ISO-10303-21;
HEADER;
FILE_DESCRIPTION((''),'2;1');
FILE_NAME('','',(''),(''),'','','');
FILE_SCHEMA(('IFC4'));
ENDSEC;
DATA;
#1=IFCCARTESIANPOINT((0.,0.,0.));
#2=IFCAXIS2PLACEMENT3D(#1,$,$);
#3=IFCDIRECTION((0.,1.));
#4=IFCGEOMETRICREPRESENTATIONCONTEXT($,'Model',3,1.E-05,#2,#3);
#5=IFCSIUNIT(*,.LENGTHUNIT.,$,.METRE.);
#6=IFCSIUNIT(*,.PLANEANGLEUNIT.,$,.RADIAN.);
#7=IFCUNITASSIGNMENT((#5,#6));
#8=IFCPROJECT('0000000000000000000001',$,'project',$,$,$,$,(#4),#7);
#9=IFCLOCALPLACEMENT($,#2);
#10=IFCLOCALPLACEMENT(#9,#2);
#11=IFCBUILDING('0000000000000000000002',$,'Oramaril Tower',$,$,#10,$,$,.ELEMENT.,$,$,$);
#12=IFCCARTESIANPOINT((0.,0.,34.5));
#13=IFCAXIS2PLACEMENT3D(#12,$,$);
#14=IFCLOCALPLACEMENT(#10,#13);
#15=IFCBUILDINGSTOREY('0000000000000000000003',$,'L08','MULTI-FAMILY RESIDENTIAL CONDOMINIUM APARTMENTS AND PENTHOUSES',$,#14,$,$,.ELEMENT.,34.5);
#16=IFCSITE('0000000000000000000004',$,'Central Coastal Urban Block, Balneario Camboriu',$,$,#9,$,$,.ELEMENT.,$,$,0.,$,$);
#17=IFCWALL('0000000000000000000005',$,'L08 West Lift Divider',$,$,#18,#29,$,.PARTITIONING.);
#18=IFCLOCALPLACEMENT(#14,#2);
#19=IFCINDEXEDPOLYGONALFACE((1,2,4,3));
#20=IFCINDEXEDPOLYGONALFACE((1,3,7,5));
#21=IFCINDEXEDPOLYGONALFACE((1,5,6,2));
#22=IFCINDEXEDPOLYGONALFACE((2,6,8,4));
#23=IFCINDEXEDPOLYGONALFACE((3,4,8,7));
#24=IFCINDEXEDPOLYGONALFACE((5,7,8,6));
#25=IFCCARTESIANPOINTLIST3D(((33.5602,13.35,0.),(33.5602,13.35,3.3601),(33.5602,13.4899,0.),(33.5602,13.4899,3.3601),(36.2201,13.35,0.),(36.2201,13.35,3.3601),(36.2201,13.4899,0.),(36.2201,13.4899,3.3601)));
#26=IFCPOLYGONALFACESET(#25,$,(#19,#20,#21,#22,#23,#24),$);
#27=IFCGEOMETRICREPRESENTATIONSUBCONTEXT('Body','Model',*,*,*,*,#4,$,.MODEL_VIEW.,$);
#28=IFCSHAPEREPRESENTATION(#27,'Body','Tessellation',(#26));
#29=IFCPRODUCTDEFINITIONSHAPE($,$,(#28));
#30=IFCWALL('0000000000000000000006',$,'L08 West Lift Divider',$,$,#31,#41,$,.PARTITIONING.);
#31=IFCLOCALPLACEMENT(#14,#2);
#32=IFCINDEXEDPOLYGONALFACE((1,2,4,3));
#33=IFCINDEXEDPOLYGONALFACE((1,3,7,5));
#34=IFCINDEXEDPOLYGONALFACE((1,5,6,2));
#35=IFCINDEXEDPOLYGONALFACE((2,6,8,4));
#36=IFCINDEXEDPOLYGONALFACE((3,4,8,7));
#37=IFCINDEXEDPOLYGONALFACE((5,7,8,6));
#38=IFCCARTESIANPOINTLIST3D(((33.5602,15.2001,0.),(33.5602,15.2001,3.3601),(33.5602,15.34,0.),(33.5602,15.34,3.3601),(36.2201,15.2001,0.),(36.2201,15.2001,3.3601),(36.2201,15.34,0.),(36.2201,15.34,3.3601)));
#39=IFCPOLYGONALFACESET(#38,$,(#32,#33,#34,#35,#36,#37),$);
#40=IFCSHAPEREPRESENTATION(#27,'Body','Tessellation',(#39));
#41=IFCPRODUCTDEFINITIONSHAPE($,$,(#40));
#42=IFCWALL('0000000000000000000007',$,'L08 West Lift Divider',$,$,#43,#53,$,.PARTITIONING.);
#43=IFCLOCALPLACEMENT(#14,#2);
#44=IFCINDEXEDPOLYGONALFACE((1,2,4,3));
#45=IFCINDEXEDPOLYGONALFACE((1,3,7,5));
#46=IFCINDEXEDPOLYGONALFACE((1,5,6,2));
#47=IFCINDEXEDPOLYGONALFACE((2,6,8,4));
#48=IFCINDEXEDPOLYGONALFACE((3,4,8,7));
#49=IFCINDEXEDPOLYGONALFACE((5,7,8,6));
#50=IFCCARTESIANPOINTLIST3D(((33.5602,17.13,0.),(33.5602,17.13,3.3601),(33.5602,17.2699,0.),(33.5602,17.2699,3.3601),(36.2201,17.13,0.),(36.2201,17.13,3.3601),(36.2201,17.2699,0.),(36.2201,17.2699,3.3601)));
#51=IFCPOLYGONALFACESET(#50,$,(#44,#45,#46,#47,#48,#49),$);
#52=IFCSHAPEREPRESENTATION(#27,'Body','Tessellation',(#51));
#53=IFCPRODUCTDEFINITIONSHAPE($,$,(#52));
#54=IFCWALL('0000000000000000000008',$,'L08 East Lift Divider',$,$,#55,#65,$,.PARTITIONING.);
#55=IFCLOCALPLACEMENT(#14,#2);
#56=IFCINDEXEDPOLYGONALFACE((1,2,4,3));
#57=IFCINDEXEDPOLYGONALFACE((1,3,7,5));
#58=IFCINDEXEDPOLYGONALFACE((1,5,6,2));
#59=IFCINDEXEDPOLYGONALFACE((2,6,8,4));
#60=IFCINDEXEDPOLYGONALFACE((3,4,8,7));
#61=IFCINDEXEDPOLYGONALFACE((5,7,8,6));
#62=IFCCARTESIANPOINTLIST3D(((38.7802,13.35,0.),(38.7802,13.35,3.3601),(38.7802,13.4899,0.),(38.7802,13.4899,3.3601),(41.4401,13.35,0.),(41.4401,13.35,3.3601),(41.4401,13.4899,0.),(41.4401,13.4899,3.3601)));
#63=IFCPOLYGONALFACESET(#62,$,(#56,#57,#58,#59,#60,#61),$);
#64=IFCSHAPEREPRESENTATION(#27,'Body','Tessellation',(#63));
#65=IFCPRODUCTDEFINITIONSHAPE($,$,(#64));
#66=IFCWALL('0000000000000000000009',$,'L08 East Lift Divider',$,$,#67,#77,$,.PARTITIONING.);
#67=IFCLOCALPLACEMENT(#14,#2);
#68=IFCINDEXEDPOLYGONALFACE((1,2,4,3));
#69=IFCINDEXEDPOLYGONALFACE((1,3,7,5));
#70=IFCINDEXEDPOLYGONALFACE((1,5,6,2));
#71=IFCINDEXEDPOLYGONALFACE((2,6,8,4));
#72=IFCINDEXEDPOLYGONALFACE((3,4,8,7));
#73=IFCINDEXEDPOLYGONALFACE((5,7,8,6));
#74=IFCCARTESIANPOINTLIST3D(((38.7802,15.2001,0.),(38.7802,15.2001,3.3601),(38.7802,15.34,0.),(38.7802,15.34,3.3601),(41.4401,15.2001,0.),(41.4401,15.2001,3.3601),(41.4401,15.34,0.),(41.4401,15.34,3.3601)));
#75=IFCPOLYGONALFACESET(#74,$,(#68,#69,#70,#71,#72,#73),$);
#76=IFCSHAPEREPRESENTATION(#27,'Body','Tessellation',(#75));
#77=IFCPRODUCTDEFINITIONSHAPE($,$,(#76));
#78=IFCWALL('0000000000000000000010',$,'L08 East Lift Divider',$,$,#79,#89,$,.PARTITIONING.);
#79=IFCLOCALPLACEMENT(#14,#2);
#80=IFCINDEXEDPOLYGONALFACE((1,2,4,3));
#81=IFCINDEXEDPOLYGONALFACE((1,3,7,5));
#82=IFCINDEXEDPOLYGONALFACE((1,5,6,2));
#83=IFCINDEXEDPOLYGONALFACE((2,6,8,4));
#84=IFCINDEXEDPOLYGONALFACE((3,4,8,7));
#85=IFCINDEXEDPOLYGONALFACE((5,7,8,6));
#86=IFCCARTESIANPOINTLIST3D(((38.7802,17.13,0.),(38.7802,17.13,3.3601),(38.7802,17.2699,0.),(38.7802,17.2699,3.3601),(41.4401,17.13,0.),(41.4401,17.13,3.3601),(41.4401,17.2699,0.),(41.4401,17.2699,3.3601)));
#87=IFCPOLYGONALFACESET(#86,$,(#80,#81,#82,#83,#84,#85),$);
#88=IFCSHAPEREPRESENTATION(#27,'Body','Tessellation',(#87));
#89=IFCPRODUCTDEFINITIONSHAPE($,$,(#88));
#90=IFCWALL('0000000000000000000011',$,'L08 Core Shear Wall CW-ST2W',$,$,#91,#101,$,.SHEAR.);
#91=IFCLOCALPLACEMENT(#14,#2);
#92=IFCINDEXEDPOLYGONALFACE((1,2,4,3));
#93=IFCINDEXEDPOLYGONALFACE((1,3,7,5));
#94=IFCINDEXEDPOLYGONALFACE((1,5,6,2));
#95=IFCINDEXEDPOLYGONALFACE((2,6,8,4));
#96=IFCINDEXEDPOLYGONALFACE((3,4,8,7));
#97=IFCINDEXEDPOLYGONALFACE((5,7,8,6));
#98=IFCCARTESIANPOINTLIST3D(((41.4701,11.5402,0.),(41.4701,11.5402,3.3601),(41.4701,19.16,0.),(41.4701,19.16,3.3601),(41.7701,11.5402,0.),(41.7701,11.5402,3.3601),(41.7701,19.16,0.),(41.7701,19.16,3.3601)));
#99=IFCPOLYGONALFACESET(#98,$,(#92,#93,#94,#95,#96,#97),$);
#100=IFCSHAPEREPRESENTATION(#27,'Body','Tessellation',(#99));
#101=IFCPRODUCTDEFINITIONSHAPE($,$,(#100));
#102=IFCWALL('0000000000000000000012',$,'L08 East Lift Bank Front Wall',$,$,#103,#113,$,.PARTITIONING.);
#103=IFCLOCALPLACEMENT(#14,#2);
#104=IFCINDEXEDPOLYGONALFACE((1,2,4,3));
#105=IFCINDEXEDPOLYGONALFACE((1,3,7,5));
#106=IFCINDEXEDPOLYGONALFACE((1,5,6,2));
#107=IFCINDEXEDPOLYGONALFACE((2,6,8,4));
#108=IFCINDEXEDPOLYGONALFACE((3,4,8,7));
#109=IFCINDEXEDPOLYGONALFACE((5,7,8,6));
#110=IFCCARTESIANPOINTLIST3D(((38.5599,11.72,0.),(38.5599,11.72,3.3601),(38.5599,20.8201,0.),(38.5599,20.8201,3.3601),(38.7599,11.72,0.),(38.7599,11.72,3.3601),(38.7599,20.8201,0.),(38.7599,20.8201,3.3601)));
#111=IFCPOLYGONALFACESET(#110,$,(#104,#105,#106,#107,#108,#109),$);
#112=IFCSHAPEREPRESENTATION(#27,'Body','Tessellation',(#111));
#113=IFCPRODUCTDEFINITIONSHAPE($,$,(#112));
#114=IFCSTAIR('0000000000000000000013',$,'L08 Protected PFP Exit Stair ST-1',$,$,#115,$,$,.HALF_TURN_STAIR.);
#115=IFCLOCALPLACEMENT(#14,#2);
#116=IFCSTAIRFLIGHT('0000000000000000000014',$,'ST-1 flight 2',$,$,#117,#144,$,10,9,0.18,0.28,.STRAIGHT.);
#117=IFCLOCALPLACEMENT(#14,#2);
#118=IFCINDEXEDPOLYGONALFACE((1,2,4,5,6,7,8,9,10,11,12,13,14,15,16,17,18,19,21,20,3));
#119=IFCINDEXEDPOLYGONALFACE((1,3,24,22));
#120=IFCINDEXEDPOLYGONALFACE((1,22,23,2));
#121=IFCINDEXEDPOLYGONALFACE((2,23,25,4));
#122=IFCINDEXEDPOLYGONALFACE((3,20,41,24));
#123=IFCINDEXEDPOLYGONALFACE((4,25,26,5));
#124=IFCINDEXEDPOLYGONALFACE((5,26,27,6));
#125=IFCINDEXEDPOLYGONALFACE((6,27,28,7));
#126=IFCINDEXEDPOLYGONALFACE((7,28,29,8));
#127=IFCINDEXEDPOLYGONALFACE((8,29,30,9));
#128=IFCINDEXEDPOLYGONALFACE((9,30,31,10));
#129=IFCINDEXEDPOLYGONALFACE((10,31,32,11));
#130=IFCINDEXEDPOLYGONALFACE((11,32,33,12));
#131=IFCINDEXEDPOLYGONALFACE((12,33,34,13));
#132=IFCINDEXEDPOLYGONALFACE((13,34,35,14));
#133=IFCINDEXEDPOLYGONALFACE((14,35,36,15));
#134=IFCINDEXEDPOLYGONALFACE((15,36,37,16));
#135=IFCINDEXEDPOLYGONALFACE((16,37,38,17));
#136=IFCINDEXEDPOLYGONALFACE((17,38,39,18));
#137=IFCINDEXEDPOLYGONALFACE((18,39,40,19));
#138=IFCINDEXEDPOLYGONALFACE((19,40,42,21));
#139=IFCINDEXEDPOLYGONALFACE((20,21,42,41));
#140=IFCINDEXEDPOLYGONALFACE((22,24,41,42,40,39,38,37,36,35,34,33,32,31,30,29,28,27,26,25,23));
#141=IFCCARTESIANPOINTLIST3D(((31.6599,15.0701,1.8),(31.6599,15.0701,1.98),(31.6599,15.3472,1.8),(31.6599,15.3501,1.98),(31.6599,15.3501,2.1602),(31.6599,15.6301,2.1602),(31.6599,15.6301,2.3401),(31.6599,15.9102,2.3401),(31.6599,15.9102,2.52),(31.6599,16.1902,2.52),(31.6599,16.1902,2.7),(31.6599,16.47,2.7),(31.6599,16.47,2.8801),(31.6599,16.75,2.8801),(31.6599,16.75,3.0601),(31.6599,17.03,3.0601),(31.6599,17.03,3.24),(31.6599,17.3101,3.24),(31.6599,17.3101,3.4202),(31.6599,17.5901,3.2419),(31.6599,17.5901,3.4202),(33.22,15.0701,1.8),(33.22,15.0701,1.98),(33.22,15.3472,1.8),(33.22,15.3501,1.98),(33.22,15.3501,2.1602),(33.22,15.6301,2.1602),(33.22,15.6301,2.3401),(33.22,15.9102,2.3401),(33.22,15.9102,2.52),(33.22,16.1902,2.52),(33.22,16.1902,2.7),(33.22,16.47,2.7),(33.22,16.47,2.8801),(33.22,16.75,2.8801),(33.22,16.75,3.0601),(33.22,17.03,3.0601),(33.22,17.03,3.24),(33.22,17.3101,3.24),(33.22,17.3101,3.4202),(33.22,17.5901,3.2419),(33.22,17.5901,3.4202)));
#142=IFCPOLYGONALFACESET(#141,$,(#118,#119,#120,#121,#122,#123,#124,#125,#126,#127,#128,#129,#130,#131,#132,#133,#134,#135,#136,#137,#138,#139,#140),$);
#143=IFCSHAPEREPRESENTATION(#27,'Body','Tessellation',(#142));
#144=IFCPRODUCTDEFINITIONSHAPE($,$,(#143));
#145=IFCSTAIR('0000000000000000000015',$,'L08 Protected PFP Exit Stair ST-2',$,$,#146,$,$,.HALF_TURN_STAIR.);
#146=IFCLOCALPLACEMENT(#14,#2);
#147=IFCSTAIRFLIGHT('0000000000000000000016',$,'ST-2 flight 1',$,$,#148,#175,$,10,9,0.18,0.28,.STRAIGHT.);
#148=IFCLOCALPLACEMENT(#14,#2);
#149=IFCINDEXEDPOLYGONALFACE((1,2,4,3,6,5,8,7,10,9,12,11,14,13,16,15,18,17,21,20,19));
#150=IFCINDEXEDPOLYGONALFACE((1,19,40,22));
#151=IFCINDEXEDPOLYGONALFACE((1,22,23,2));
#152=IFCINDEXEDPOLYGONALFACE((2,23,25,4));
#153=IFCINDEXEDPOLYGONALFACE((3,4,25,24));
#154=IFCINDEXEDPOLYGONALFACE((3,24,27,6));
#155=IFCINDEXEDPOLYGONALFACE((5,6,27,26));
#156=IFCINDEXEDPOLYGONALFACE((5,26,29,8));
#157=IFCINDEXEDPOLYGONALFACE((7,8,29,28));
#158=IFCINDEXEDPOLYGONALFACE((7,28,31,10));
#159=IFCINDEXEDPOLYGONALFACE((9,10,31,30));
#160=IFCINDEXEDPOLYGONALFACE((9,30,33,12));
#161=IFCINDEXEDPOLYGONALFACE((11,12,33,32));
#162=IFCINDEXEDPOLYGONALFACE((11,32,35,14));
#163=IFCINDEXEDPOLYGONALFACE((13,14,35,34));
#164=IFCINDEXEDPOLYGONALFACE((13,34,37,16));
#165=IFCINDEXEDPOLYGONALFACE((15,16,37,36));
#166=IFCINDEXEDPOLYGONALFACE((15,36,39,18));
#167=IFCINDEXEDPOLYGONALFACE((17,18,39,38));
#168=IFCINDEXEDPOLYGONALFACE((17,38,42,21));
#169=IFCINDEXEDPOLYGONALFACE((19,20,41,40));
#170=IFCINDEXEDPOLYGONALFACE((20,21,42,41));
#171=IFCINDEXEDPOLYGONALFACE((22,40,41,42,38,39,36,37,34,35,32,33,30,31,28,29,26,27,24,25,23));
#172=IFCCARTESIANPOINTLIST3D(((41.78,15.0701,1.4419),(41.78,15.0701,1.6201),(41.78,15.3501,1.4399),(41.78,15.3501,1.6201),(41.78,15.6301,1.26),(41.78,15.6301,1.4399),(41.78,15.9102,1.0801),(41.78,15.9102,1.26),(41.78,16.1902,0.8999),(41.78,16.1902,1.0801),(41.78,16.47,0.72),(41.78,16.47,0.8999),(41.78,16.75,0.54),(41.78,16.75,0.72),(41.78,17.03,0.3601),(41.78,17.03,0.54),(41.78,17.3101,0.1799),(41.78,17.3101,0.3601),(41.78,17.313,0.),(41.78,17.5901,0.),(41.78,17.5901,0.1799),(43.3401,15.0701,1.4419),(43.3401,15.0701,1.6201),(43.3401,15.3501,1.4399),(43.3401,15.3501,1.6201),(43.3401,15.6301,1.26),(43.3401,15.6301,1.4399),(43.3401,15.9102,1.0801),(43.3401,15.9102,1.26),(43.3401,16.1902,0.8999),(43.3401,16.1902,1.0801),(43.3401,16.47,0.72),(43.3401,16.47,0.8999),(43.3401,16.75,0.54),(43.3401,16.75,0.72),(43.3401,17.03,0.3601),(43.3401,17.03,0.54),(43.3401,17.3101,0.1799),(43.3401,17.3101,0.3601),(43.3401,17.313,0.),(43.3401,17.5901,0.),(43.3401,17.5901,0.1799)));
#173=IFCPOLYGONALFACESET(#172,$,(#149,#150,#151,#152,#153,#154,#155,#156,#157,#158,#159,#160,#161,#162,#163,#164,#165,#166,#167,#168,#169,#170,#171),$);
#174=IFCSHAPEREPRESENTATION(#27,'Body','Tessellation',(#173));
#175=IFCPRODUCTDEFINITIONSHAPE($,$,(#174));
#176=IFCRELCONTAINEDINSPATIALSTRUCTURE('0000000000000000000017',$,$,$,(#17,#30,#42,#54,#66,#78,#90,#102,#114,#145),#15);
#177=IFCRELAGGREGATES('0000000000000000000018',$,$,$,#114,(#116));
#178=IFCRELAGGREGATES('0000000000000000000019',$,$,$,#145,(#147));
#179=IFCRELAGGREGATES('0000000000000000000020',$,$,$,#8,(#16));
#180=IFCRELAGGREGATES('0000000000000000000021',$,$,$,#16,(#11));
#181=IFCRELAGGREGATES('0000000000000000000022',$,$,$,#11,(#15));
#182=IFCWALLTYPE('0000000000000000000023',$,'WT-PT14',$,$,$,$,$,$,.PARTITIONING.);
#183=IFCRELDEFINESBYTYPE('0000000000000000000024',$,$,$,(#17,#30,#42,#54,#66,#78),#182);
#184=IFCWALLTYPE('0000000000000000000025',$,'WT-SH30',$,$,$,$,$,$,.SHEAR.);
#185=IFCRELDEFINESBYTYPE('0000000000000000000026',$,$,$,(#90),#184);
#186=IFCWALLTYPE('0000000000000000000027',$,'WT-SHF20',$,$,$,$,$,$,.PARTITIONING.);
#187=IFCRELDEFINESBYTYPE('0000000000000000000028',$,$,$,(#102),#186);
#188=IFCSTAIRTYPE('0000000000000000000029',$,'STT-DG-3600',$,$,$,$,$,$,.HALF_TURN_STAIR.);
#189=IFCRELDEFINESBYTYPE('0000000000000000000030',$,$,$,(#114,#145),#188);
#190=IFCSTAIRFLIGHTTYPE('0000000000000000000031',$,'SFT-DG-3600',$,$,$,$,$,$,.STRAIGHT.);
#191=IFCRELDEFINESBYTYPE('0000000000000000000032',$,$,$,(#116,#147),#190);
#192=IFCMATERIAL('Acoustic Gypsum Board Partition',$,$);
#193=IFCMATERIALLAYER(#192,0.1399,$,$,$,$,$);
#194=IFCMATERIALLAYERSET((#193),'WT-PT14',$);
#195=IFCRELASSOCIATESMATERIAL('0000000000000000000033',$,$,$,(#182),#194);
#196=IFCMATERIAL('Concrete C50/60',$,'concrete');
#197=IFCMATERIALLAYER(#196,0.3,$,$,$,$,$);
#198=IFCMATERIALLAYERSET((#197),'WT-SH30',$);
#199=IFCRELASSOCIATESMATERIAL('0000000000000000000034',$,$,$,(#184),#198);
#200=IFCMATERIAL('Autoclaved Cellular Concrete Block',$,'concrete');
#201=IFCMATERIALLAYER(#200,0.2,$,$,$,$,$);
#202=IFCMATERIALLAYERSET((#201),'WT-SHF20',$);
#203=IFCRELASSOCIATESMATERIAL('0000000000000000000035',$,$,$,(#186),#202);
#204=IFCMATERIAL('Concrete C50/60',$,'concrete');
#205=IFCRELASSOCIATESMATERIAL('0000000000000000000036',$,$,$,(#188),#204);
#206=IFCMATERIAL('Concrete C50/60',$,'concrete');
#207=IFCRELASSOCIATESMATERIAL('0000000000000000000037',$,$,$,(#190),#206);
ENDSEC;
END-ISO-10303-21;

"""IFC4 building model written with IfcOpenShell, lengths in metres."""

from ifc_helpers import new_model, si_unit, direction, frame, frame_2d, origin, place, context, subcontext, project, spatial, polyline, rectangle, outline, extrude, material, layer, layer_set, type_object, element, aggregate, save


model = new_model("IFC4")

# Units and contexts
model_context = context("Model", 3, precision=1e-05, world=origin(), true_north=direction((0.0, 1.0)))
body_context = subcontext(model_context, "Body", "Model", "MODEL_VIEW")
ifc_project = project(units=[si_unit("LENGTHUNIT", "METRE"), si_unit("PLANEANGLEUNIT", "RADIAN")], contexts=[model_context])

# Site, building, storey
site_placement = place(None, origin())
site = spatial("IfcSite", under=ifc_project, at=site_placement, Name="Central Coastal Urban Block, Balneario Camboriu", CompositionType="ELEMENT", RefElevation=0.0)
building_placement = place(site_placement, origin())
building = spatial("IfcBuilding", under=site, at=building_placement, Name="Oramaril Tower", CompositionType="ELEMENT")
storey_placement = place(building_placement, frame((0.0, 0.0, 34.5)))
storey = spatial("IfcBuildingStorey", under=building, at=storey_placement, Name="L08", Description="MULTI-FAMILY RESIDENTIAL CONDOMINIUM APARTMENTS AND PENTHOUSES", CompositionType="ELEMENT", Elevation=34.5)

# Walls
ifc_material_1 = material(Name="Acoustic Gypsum Board Partition")
ifc_layer_1 = layer(ifc_material_1, 0.1399)
ifc_layer_set_1 = layer_set([ifc_layer_1], Name="WT-PT14")
wall_type_1 = type_object("IfcWallType", Name="WT-PT14", PredefinedType="PARTITIONING", material=ifc_layer_set_1)
for number, where, z_axis, x_axis, name in (
    (1, (33.5601, 13.4199, 0.0), (0.0, 0.0, 1.0), (1.0, 0.0, 0.0), "L08 West Lift Divider"),
    (2, (33.5601, 15.27, 0.0), (0.0, 0.0, 1.0), (1.0, 0.0, 0.0), "L08 West Lift Divider"),
    (3, (33.5601, 17.2, 0.0), (0.0, 0.0, 1.0), (1.0, 0.0, 0.0), "L08 West Lift Divider"),
    (4, (38.78, 13.4199, 0.0), (0.0, 0.0, 1.0), (1.0, 0.0, 0.0), "L08 East Lift Divider"),
    (5, (38.78, 15.27, 0.0), (0.0, 0.0, 1.0), (1.0, 0.0, 0.0), "L08 East Lift Divider"),
    (6, (38.78, 17.2, 0.0), (0.0, 0.0, 1.0), (1.0, 0.0, 0.0), "L08 East Lift Divider"),
):
    element("IfcWall", number, at=place(storey_placement, frame(where, z_axis=z_axis, x_axis=x_axis)), inside=storey, type_object=wall_type_1, Name=name, PredefinedType="PARTITIONING", context=body_context, shape_type="SweptSolid", body=[
        extrude(rectangle(XDim=2.6599, YDim=0.1399, at=frame_2d((1.3301, 0.0))), origin(), (0.0, 0.0, 1.0), 3.3601),
    ])
ifc_material_2 = material(Name="Concrete C50/60", Category="concrete")
ifc_layer_2 = layer(ifc_material_2, 0.3)
ifc_layer_set_2 = layer_set([ifc_layer_2], Name="WT-SH30")
wall_type_2 = type_object("IfcWallType", Name="WT-SH30", PredefinedType="SHEAR", material=ifc_layer_set_2)
wall_1_placement = place(storey_placement, frame((41.6201, 11.54, 0.0), z_axis=(0.0, 0.0, 1.0), x_axis=(0.0, 1.0, 0.0)))
element("IfcWall", 7, at=wall_1_placement, inside=storey, type_object=wall_type_2, Name="L08 Core Shear Wall CW-ST2W", PredefinedType="SHEAR", context=body_context, shape_type="SweptSolid", body=[
    extrude(rectangle(XDim=7.6199, YDim=0.3, at=frame_2d((3.8101, 0.0))), origin(), (0.0, 0.0, 1.0), 3.3601),
])

# Shared definitions
ifc_material_3 = material(Name="Autoclaved Cellular Concrete Block", Category="concrete")
ifc_layer_3 = layer(ifc_material_3, 0.2)
ifc_layer_set_3 = layer_set([ifc_layer_3], Name="WT-SHF20")
wall_type_3 = type_object("IfcWallType", Name="WT-SHF20", PredefinedType="PARTITIONING", material=ifc_layer_set_3)

# Wall
wall_2_placement = place(storey_placement, frame((38.6599, 11.72, 0.0), z_axis=(0.0, 0.0, 1.0), x_axis=(0.0, 1.0, 0.0)))
element("IfcWall", 8, at=wall_2_placement, inside=storey, type_object=wall_type_3, Name="L08 East Lift Bank Front Wall", PredefinedType="PARTITIONING", context=body_context, shape_type="SweptSolid", body=[
    extrude(rectangle(XDim=9.1001, YDim=0.2, at=frame_2d((4.55, 0.0))), origin(), (0.0, 0.0, 1.0), 3.3601),
])

# Stair, stair flight
ifc_material_4 = material(Name="Concrete C50/60", Category="concrete")
stair_type = type_object("IfcStairType", Name="STT-DG-3600", PredefinedType="HALF_TURN_STAIR", material=ifc_material_4)
stair_1_placement = place(storey_placement, origin())
stair_1 = element("IfcStair", 9, at=stair_1_placement, inside=storey, type_object=stair_type, Name="L08 Protected PFP Exit Stair ST-1", PredefinedType="HALF_TURN_STAIR")
ifc_material_5 = material(Name="Concrete C50/60", Category="concrete")
stair_flight_type = type_object("IfcStairFlightType", Name="SFT-DG-3600", PredefinedType="STRAIGHT", material=ifc_material_5)
stair_flight_1_placement = place(storey_placement, frame((32.4399, 15.0701, 1.8), z_axis=(0.0, 0.0, 1.0), x_axis=(0.0, 1.0, 0.0)))
stair_flight_1 = element("IfcStairFlight", 10, at=stair_flight_1_placement, type_object=stair_flight_type, Name="ST-1 flight 2", NumberOfRisers=10, NumberOfTreads=9, PredefinedType="STRAIGHT", RiserHeight=0.18, TreadLength=0.28, context=body_context, shape_type="SweptSolid", body=[
    extrude(outline(polyline([(0.0, 0.0), (0.0, 0.1799), (0.28, 0.1799), (0.28, 0.3601), (0.5601, 0.3601), (0.5601, 0.54), (0.8401, 0.54), (0.8401, 0.72), (1.1201, 0.72), (1.1201, 0.8999), (1.3999, 0.8999), (1.3999, 1.0801), (1.6799, 1.0801), (1.6799, 1.26), (1.96, 1.26), (1.96, 1.4399), (2.24, 1.4399), (2.24, 1.6201), (2.52, 1.6201), (2.52, 1.8), (2.52, 1.4419), (0.2771, 0.0), (0.0, 0.0)])), frame((0.0, 0.78, 0.0), z_axis=(0.0, -1.0, 0.0), x_axis=(1.0, 0.0, 0.0)), (0.0, 0.0, 1.0), 1.5601),
])
aggregate(stair_1, [stair_flight_1])

# Stair, stair flight
stair_2_placement = place(storey_placement, origin())
stair_2 = element("IfcStair", 11, at=stair_2_placement, inside=storey, type_object=stair_type, Name="L08 Protected PFP Exit Stair ST-2", PredefinedType="HALF_TURN_STAIR")
stair_flight_2_placement = place(storey_placement, frame((42.5601, 17.5901, 0.0), z_axis=(0.0, 0.0, 1.0), x_axis=(0.0, -1.0, 0.0)))
stair_flight_2 = element("IfcStairFlight", 12, at=stair_flight_2_placement, type_object=stair_flight_type, Name="ST-2 flight 1", NumberOfRisers=10, NumberOfTreads=9, PredefinedType="STRAIGHT", RiserHeight=0.18, TreadLength=0.28, context=body_context, shape_type="SweptSolid", body=[
    extrude(outline(polyline([(0.0, 0.0), (0.0, 0.1799), (0.28, 0.1799), (0.28, 0.3601), (0.5601, 0.3601), (0.5601, 0.54), (0.8401, 0.54), (0.8401, 0.72), (1.1201, 0.72), (1.1201, 0.8999), (1.3999, 0.8999), (1.3999, 1.0801), (1.6799, 1.0801), (1.6799, 1.26), (1.96, 1.26), (1.96, 1.4399), (2.24, 1.4399), (2.24, 1.6201), (2.52, 1.6201), (2.52, 1.8), (2.52, 1.4419), (0.2771, 0.0), (0.0, 0.0)])), frame((0.0, 0.78, 0.0), z_axis=(0.0, -1.0, 0.0), x_axis=(1.0, 0.0, 0.0)), (0.0, 0.0, 1.0), 1.5601),
])
aggregate(stair_2, [stair_flight_2])

save(model, "model.ifc")
